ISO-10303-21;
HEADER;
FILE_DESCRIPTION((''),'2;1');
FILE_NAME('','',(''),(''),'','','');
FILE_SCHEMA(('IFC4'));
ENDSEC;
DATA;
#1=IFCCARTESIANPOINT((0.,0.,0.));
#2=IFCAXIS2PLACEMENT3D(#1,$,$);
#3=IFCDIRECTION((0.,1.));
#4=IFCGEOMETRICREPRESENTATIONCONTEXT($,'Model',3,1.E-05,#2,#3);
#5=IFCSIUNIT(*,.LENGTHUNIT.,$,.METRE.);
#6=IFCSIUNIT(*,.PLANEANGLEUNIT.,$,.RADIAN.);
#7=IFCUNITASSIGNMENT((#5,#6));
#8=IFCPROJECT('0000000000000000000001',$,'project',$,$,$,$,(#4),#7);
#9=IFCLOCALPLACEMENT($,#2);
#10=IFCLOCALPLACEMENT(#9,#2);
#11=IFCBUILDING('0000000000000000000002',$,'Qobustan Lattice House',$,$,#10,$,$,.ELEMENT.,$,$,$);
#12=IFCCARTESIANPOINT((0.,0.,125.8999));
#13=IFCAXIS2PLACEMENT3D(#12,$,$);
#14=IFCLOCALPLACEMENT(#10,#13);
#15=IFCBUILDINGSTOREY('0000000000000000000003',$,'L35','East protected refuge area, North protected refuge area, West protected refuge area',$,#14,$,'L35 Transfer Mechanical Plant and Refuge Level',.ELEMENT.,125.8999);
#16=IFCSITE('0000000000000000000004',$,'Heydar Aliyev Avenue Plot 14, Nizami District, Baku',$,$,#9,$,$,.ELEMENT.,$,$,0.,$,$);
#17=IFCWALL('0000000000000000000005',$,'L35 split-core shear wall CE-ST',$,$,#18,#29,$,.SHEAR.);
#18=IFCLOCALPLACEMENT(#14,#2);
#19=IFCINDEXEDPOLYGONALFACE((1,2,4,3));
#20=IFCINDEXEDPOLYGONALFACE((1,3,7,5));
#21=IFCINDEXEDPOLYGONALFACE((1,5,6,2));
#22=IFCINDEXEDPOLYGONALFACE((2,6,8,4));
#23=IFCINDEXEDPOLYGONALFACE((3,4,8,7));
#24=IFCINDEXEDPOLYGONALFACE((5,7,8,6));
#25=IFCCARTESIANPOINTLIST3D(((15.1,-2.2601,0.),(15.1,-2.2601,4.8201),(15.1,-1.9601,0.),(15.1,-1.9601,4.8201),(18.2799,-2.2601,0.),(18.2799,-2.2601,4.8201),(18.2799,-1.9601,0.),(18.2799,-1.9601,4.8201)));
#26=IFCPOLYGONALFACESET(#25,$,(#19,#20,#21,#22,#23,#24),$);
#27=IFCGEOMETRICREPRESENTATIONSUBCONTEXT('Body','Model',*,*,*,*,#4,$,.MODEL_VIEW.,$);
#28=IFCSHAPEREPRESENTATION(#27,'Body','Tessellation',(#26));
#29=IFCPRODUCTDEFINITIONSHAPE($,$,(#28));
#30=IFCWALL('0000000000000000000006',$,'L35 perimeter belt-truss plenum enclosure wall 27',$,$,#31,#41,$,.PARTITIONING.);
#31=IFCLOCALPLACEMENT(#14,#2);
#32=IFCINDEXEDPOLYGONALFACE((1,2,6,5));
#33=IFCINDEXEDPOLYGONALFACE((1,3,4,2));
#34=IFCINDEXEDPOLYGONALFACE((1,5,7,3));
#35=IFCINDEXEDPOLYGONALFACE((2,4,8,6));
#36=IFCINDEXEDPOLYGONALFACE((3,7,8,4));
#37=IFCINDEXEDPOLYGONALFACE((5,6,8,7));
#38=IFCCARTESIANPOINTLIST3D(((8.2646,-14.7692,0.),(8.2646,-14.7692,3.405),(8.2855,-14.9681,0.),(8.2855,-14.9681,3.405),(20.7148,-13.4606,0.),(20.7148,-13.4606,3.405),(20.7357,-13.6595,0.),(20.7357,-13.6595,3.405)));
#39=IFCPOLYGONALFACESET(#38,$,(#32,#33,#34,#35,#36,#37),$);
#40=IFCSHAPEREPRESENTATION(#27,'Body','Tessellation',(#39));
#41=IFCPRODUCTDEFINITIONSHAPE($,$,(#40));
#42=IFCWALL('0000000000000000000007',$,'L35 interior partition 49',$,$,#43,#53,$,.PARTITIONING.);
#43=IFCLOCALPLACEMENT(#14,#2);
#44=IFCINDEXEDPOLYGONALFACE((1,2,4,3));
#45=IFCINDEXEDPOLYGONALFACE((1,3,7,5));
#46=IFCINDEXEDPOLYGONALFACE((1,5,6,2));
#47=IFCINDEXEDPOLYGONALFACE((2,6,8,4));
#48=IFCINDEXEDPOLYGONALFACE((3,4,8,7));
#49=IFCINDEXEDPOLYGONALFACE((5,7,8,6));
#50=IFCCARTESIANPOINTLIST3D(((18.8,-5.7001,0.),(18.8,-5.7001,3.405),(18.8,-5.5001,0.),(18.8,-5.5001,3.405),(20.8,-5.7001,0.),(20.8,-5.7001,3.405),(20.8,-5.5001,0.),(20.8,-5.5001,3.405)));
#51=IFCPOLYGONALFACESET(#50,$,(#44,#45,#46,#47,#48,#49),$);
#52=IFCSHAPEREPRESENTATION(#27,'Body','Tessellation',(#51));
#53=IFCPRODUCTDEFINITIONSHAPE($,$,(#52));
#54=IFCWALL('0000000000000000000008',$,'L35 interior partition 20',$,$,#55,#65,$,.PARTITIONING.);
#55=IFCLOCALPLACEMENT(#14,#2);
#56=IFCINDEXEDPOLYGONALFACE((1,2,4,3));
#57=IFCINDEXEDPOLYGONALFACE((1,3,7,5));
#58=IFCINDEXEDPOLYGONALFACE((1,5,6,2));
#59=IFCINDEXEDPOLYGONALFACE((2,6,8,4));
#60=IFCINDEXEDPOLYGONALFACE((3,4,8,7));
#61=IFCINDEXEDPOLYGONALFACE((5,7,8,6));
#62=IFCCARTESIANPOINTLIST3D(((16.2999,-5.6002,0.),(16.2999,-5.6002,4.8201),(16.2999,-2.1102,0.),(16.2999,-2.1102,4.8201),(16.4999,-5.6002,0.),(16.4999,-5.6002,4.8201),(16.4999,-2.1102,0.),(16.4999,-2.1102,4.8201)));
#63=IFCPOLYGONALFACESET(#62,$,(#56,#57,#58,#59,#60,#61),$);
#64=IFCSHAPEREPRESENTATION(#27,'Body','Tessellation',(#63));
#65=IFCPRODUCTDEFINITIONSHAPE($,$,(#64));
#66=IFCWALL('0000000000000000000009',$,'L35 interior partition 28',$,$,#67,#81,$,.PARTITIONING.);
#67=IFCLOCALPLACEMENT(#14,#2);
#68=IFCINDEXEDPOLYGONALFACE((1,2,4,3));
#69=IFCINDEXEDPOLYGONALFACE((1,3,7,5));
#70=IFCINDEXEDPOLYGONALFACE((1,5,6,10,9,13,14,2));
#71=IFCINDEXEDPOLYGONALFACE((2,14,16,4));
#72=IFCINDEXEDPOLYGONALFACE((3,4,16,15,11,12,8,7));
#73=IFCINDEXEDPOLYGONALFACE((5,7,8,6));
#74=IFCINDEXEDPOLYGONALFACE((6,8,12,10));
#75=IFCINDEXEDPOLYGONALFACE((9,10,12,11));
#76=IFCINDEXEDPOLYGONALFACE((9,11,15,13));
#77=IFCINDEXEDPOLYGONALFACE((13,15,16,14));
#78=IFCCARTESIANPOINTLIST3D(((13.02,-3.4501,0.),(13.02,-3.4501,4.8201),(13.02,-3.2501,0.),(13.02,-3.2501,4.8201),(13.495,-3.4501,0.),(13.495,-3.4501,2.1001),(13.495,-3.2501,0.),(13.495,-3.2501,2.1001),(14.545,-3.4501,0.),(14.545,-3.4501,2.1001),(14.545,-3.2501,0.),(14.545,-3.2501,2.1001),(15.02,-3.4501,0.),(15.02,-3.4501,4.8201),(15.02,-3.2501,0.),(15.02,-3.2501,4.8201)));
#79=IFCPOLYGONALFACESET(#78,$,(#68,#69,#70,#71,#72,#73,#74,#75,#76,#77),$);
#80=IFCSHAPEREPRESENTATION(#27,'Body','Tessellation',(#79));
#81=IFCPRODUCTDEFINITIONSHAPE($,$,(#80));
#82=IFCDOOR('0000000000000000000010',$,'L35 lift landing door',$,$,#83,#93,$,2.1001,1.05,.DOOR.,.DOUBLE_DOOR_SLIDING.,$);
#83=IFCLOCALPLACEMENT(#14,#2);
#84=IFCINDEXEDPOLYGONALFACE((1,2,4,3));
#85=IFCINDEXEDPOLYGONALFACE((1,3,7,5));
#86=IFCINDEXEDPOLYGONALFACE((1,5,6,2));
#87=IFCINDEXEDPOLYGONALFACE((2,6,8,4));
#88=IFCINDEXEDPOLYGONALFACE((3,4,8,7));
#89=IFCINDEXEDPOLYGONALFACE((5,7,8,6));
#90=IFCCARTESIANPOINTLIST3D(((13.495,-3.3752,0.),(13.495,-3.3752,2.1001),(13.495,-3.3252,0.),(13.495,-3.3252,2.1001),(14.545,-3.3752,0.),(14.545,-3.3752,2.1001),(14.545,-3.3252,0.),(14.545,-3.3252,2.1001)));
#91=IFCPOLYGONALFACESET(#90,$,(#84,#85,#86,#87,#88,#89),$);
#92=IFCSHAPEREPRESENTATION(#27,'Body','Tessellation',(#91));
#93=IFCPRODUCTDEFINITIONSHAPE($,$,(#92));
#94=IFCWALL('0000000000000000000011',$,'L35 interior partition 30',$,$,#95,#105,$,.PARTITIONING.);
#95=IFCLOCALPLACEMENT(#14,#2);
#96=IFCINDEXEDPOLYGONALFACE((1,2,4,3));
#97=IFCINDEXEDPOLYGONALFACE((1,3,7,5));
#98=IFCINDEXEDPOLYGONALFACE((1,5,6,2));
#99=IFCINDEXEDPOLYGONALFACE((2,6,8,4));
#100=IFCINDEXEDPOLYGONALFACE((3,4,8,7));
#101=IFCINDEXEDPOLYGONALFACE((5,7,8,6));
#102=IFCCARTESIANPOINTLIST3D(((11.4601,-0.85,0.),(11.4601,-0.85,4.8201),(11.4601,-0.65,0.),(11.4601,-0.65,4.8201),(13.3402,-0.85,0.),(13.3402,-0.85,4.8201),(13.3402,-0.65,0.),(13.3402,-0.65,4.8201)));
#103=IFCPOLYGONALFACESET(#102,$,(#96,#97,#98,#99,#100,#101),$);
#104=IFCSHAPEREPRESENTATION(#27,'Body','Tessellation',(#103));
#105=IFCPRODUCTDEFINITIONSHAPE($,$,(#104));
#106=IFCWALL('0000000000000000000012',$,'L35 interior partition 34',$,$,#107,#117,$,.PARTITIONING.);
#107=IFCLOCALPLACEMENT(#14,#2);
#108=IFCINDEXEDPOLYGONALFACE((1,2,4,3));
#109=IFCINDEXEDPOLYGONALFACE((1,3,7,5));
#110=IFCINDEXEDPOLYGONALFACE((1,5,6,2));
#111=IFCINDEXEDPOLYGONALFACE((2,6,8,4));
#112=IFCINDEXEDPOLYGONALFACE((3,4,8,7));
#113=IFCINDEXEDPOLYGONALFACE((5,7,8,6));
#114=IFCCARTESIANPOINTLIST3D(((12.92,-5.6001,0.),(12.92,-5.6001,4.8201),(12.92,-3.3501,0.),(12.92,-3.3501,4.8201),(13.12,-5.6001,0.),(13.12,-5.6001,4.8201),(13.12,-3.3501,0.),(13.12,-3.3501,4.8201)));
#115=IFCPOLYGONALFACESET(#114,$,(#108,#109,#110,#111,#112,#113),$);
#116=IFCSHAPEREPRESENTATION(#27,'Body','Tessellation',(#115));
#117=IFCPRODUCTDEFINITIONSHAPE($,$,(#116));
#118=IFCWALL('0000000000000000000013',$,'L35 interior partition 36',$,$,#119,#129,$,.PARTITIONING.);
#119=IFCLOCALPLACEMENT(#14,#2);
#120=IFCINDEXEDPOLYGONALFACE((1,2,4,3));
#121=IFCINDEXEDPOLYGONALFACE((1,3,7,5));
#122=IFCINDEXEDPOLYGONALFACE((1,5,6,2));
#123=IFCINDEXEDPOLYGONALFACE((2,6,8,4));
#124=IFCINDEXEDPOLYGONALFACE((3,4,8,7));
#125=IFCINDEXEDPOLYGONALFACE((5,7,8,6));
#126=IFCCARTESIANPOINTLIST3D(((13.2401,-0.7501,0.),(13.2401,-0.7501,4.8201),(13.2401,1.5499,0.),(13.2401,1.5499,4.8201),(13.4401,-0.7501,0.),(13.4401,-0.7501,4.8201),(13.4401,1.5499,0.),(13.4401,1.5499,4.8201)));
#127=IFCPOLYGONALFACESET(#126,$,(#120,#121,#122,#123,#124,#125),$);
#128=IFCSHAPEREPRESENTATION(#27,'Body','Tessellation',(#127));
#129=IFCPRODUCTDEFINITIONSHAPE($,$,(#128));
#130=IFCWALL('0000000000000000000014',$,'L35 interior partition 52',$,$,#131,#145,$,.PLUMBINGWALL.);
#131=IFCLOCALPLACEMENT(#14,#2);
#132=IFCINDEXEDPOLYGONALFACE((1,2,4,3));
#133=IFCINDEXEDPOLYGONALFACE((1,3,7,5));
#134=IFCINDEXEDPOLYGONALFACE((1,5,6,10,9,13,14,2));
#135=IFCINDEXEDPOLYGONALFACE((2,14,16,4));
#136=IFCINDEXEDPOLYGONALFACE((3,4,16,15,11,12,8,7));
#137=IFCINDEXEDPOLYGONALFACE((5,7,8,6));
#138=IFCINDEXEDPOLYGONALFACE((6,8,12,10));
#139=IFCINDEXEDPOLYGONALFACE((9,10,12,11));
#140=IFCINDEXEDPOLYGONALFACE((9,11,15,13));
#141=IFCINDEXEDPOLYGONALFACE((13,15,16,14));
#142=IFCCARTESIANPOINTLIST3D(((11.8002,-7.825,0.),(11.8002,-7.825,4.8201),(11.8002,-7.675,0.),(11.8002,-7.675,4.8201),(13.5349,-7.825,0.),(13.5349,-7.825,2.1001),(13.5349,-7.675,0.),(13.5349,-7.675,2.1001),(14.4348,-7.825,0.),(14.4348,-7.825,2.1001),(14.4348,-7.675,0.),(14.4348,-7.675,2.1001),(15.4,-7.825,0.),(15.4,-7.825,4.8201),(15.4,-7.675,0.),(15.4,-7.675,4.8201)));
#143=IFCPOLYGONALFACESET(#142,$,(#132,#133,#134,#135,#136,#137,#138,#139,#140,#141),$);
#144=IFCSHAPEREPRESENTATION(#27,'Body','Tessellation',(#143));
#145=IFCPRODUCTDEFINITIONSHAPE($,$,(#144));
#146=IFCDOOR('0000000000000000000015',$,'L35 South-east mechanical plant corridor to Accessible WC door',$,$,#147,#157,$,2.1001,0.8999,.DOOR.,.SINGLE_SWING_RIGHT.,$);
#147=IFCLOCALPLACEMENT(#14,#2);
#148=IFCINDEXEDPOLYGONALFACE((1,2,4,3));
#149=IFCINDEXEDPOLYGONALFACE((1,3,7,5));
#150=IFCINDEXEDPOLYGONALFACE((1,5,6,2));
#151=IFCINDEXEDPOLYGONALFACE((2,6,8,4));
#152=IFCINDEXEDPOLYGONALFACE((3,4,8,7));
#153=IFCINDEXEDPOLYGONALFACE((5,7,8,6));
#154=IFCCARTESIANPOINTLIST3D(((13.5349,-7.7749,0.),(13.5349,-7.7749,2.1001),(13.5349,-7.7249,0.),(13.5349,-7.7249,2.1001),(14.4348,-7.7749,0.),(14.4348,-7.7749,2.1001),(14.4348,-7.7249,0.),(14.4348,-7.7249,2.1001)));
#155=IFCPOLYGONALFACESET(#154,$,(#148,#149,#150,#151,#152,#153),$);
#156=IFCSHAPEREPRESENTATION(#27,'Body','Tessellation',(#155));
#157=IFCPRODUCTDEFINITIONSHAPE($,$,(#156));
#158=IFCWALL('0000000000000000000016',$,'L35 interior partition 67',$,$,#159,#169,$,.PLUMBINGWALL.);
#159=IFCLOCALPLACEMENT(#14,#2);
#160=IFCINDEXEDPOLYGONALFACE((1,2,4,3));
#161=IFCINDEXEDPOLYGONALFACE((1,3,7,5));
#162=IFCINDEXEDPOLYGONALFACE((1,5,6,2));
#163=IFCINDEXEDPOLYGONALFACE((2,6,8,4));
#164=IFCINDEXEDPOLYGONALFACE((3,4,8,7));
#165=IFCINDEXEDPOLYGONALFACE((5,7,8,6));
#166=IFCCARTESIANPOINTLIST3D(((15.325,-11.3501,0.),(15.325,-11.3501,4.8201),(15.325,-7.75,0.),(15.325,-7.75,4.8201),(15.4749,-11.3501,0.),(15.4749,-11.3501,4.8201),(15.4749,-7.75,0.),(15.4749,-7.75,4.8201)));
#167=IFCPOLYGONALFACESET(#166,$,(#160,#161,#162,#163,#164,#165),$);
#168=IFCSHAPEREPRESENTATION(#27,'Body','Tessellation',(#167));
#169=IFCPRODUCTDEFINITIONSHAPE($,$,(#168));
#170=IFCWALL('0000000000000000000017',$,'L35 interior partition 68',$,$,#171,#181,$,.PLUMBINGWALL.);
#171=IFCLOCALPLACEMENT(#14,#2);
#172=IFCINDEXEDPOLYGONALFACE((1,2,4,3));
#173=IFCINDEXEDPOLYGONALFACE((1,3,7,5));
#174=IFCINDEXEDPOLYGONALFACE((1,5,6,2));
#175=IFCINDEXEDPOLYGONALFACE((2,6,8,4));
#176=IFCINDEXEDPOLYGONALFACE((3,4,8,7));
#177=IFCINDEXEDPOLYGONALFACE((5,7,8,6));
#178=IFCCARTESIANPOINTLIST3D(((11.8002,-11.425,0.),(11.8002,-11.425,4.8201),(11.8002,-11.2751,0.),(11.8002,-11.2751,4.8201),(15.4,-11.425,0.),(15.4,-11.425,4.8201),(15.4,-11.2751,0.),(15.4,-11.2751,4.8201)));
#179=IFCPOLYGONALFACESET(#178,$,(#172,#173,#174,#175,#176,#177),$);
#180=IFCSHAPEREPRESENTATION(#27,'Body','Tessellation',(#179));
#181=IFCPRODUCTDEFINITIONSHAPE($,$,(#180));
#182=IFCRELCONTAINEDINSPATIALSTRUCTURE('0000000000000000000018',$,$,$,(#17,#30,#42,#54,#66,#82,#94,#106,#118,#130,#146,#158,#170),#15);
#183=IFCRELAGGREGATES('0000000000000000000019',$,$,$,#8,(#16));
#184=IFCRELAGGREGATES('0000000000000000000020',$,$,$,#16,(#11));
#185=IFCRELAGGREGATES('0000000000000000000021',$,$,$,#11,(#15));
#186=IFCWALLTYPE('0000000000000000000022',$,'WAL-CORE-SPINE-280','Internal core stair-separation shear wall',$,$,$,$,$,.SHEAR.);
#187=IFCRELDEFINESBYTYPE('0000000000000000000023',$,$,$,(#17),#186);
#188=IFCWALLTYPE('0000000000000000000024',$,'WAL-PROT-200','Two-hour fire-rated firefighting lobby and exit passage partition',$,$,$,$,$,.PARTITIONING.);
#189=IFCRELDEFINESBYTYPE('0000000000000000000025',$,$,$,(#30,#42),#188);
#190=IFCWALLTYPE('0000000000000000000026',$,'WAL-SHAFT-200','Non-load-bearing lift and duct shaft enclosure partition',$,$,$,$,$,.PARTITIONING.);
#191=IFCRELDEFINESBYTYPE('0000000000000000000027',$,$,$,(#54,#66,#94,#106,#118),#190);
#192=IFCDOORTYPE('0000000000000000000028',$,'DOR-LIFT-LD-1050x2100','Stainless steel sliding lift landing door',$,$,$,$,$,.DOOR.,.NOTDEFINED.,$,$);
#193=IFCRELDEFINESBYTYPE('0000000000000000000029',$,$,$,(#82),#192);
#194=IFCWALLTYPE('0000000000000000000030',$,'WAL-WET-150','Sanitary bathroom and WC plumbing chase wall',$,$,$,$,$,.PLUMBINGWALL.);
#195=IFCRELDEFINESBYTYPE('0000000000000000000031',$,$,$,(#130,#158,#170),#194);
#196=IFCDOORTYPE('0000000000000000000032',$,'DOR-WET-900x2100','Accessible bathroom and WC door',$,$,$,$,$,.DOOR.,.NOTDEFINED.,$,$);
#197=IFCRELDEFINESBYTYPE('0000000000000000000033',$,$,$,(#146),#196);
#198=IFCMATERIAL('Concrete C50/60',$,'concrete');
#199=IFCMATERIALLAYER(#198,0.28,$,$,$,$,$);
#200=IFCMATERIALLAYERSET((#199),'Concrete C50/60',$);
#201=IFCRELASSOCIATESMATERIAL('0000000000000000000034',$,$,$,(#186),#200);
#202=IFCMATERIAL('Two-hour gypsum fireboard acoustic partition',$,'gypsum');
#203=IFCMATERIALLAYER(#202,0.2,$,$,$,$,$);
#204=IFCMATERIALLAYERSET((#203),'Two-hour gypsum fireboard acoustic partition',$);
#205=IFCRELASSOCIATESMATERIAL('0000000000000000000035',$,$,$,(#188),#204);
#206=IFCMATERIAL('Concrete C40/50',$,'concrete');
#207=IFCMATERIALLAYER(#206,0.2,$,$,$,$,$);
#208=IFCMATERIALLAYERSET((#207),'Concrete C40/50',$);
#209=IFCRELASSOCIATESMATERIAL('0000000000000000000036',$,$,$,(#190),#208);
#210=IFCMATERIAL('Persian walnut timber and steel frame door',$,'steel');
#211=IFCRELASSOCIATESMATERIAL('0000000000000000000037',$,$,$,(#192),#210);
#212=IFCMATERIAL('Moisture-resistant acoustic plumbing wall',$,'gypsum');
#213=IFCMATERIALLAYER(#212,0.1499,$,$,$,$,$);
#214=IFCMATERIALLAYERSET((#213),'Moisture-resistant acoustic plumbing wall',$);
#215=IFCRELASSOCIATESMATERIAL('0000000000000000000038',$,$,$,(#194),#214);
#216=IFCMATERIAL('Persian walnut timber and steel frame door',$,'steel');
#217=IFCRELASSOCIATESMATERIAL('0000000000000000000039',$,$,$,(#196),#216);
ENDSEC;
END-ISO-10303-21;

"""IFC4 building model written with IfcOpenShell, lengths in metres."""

from ifc_helpers import new_model, si_unit, direction, frame, frame_2d, origin, place, context, subcontext, project, spatial, rectangle, extrude, material, layer, layer_set, type_object, element, fill, save


model = new_model("IFC4")

# Units and contexts
model_context = context("Model", 3, precision=1e-05, world=origin(), true_north=direction((0.0, 1.0)))
body_context = subcontext(model_context, "Body", "Model", "MODEL_VIEW")
ifc_project = project(units=[si_unit("LENGTHUNIT", "METRE"), si_unit("PLANEANGLEUNIT", "RADIAN")], contexts=[model_context])

# Site, building, storey
site_placement = place(None, origin())
site = spatial("IfcSite", under=ifc_project, at=site_placement, Name="Heydar Aliyev Avenue Plot 14, Nizami District, Baku", CompositionType="ELEMENT", RefElevation=0.0)
building_placement = place(site_placement, origin())
building = spatial("IfcBuilding", under=site, at=building_placement, Name="Qobustan Lattice House", CompositionType="ELEMENT")
storey_placement = place(building_placement, frame((0.0, 0.0, 125.8999)))
storey = spatial("IfcBuildingStorey", under=building, at=storey_placement, Name="L35", Description="East protected refuge area, North protected refuge area, West protected refuge area", LongName="L35 Transfer Mechanical Plant and Refuge Level", CompositionType="ELEMENT", Elevation=125.8999)

# Walls
ifc_material_1 = material(Name="Concrete C50/60", Category="concrete")
ifc_layer_1 = layer(ifc_material_1, 0.28)
ifc_layer_set_1 = layer_set([ifc_layer_1], Name="Concrete C50/60")
wall_type_1 = type_object("IfcWallType", Name="WAL-CORE-SPINE-280", Description="Internal core stair-separation shear wall", PredefinedType="SHEAR", material=ifc_layer_set_1)
wall_1_placement = place(storey_placement, frame((15.1001, -2.1101, 0.0), z_axis=(0.0, 0.0, 1.0), x_axis=(1.0, 0.0, 0.0)))
element("IfcWall", 1, at=wall_1_placement, inside=storey, type_object=wall_type_1, Name="L35 split-core shear wall CE-ST", PredefinedType="SHEAR", context=body_context, shape_type="SweptSolid", body=[
    extrude(rectangle(XDim=3.1799, YDim=0.3, at=frame_2d((1.5898, 0.0))), origin(), (0.0, 0.0, 1.0), 4.8201),
])
ifc_material_2 = material(Name="Two-hour gypsum fireboard acoustic partition", Category="gypsum")
ifc_layer_2 = layer(ifc_material_2, 0.2)
ifc_layer_set_2 = layer_set([ifc_layer_2], Name="Two-hour gypsum fireboard acoustic partition")
wall_type_2 = type_object("IfcWallType", Name="WAL-PROT-200", Description="Two-hour fire-rated firefighting lobby and exit passage partition", PredefinedType="PARTITIONING", material=ifc_layer_set_2)
wall_2_placement = place(storey_placement, frame((20.7251, -13.5601, 0.0), z_axis=(0.0, 0.0, 1.0), x_axis=(-0.994522, -0.10453, 0.0)))
element("IfcWall", 2, at=wall_2_placement, inside=storey, type_object=wall_type_2, Name="L35 perimeter belt-truss plenum enclosure wall 27", PredefinedType="PARTITIONING", context=body_context, shape_type="SweptSolid", body=[
    extrude(rectangle(XDim=12.5188, YDim=0.2, at=frame_2d((6.2593, 0.0))), origin(), (0.0, 0.0, 1.0), 3.405),
])
wall_3_placement = place(storey_placement, frame((18.8, -5.6001, 0.0), z_axis=(0.0, 0.0, 1.0), x_axis=(1.0, 0.0, 0.0)))
element("IfcWall", 3, at=wall_3_placement, inside=storey, type_object=wall_type_2, Name="L35 interior partition 49", PredefinedType="PARTITIONING", context=body_context, shape_type="SweptSolid", body=[
    extrude(rectangle(XDim=2.0, YDim=0.2, at=frame_2d((1.0, 0.0))), origin(), (0.0, 0.0, 1.0), 3.405),
])
ifc_material_3 = material(Name="Concrete C40/50", Category="concrete")
ifc_layer_3 = layer(ifc_material_3, 0.2)
ifc_layer_set_3 = layer_set([ifc_layer_3], Name="Concrete C40/50")
wall_type_3 = type_object("IfcWallType", Name="WAL-SHAFT-200", Description="Non-load-bearing lift and duct shaft enclosure partition", PredefinedType="PARTITIONING", material=ifc_layer_set_3)
wall_4_placement = place(storey_placement, frame((16.3999, -2.1101, 0.0), z_axis=(0.0, 0.0, 1.0), x_axis=(0.0, -1.0, 0.0)))
element("IfcWall", 4, at=wall_4_placement, inside=storey, type_object=wall_type_3, Name="L35 interior partition 20", PredefinedType="PARTITIONING", context=body_context, shape_type="SweptSolid", body=[
    extrude(rectangle(XDim=3.49, YDim=0.2, at=frame_2d((1.7451, 0.0))), origin(), (0.0, 0.0, 1.0), 4.8201),
])

# Wall, opening, door
wall_5_placement = place(storey_placement, frame((13.02, -3.3501, 0.0), z_axis=(0.0, 0.0, 1.0), x_axis=(1.0, 0.0, 0.0)))
wall_5 = element("IfcWall", 5, at=wall_5_placement, inside=storey, type_object=wall_type_3, Name="L35 interior partition 28", PredefinedType="PARTITIONING", context=body_context, shape_type="SweptSolid", body=[
    extrude(rectangle(XDim=2.0, YDim=0.2, at=frame_2d((1.0, 0.0))), origin(), (0.0, 0.0, 1.0), 4.8201),
])
opening_1_placement = place(wall_5_placement, frame((0.4751, 0.0, 0.0)))
opening_1 = element("IfcOpeningElement", 6, at=opening_1_placement, cuts=wall_5, PredefinedType="OPENING", context=body_context, shape_type="SweptSolid", body=[
    extrude(rectangle(XDim=1.05, YDim=2.1001, at=frame_2d((0.5249, 1.05))), frame((0.0, 0.1099, 0.0), z_axis=(0.0, -1.0, 0.0), x_axis=(1.0, 0.0, 0.0)), (0.0, 0.0, 1.0), 0.22),
])
ifc_material_4 = material(Name="Persian walnut timber and steel frame door", Category="steel")
door_type_1 = type_object("IfcDoorType", Name="DOR-LIFT-LD-1050x2100", Description="Stainless steel sliding lift landing door", OperationType="NOTDEFINED", PredefinedType="DOOR", material=ifc_material_4)
door_1_placement = place(opening_1_placement, origin())
door_1 = element("IfcDoor", 7, at=door_1_placement, inside=storey, type_object=door_type_1, Name="L35 lift landing door", OperationType="DOUBLE_DOOR_SLIDING", OverallHeight=2.1001, OverallWidth=1.05, PredefinedType="DOOR", context=body_context, shape_type="SweptSolid", body=[
    extrude(rectangle(XDim=1.05, YDim=2.1001, at=frame_2d((0.5249, 1.05))), frame((0.0, 0.0249, 0.0), z_axis=(0.0, -1.0, 0.0), x_axis=(1.0, 0.0, 0.0)), (0.0, 0.0, 1.0), 0.05),
])
fill(opening_1, door_1)

# Walls
wall_6_placement = place(storey_placement, frame((13.3401, -0.75, 0.0), z_axis=(0.0, 0.0, 1.0), x_axis=(-1.0, 0.0, 0.0)))
element("IfcWall", 8, at=wall_6_placement, inside=storey, type_object=wall_type_3, Name="L35 interior partition 30", PredefinedType="PARTITIONING", context=body_context, shape_type="SweptSolid", body=[
    extrude(rectangle(XDim=1.8801, YDim=0.2, at=frame_2d((0.9399, 0.0))), origin(), (0.0, 0.0, 1.0), 4.8201),
])
wall_7_placement = place(storey_placement, frame((13.02, -5.6001, 0.0), z_axis=(0.0, 0.0, 1.0), x_axis=(0.0, 1.0, 0.0)))
element("IfcWall", 9, at=wall_7_placement, inside=storey, type_object=wall_type_3, Name="L35 interior partition 34", PredefinedType="PARTITIONING", context=body_context, shape_type="SweptSolid", body=[
    extrude(rectangle(XDim=2.25, YDim=0.2, at=frame_2d((1.125, 0.0))), origin(), (0.0, 0.0, 1.0), 4.8201),
])
wall_8_placement = place(storey_placement, frame((13.3401, -0.75, 0.0), z_axis=(0.0, 0.0, 1.0), x_axis=(0.0, 1.0, 0.0)))
element("IfcWall", 10, at=wall_8_placement, inside=storey, type_object=wall_type_3, Name="L35 interior partition 36", PredefinedType="PARTITIONING", context=body_context, shape_type="SweptSolid", body=[
    extrude(rectangle(XDim=2.3, YDim=0.2, at=frame_2d((1.1499, 0.0))), origin(), (0.0, 0.0, 1.0), 4.8201),
])

# Wall, opening, door
ifc_material_5 = material(Name="Moisture-resistant acoustic plumbing wall", Category="gypsum")
ifc_layer_4 = layer(ifc_material_5, 0.1499)
ifc_layer_set_4 = layer_set([ifc_layer_4], Name="Moisture-resistant acoustic plumbing wall")
wall_type_4 = type_object("IfcWallType", Name="WAL-WET-150", Description="Sanitary bathroom and WC plumbing chase wall", PredefinedType="PLUMBINGWALL", material=ifc_layer_set_4)
wall_9_placement = place(storey_placement, frame((15.3999, -7.75, 0.0), z_axis=(0.0, 0.0, 1.0), x_axis=(-1.0, 0.0, 0.0)))
wall_9 = element("IfcWall", 11, at=wall_9_placement, inside=storey, type_object=wall_type_4, Name="L35 interior partition 52", PredefinedType="PLUMBINGWALL", context=body_context, shape_type="SweptSolid", body=[
    extrude(rectangle(XDim=3.5999, YDim=0.1499, at=frame_2d((1.7998, 0.0))), origin(), (0.0, 0.0, 1.0), 4.8201),
])
opening_2_placement = place(wall_9_placement, frame((0.9651, 0.0, 0.0)))
opening_2 = element("IfcOpeningElement", 12, at=opening_2_placement, cuts=wall_9, PredefinedType="OPENING", context=body_context, shape_type="SweptSolid", body=[
    extrude(rectangle(XDim=0.8999, YDim=2.1001, at=frame_2d((0.45, 1.05))), frame((0.0, 0.085, 0.0), z_axis=(0.0, -1.0, 0.0), x_axis=(1.0, 0.0, 0.0)), (0.0, 0.0, 1.0), 0.1699),
])
ifc_material_6 = material(Name="Persian walnut timber and steel frame door", Category="steel")
door_type_2 = type_object("IfcDoorType", Name="DOR-WET-900x2100", Description="Accessible bathroom and WC door", OperationType="NOTDEFINED", PredefinedType="DOOR", material=ifc_material_6)
door_2_placement = place(opening_2_placement, origin())
door_2 = element("IfcDoor", 13, at=door_2_placement, inside=storey, type_object=door_type_2, Name="L35 South-east mechanical plant corridor to Accessible WC door", OperationType="SINGLE_SWING_RIGHT", OverallHeight=2.1001, OverallWidth=0.8999, PredefinedType="DOOR", context=body_context, shape_type="SweptSolid", body=[
    extrude(rectangle(XDim=0.8999, YDim=2.1001, at=frame_2d((0.45, 1.05))), frame((0.0, 0.0249, 0.0), z_axis=(0.0, -1.0, 0.0), x_axis=(1.0, 0.0, 0.0)), (0.0, 0.0, 1.0), 0.05),
])
fill(opening_2, door_2)

# Walls
wall_10_placement = place(storey_placement, frame((15.3999, -7.75, 0.0), z_axis=(0.0, 0.0, 1.0), x_axis=(0.0, -1.0, 0.0)))
element("IfcWall", 14, at=wall_10_placement, inside=storey, type_object=wall_type_4, Name="L35 interior partition 67", PredefinedType="PLUMBINGWALL", context=body_context, shape_type="SweptSolid", body=[
    extrude(rectangle(XDim=3.6001, YDim=0.1499, at=frame_2d((1.8, 0.0))), origin(), (0.0, 0.0, 1.0), 4.8201),
])
wall_11_placement = place(storey_placement, frame((15.3999, -11.3501, 0.0), z_axis=(0.0, 0.0, 1.0), x_axis=(-1.0, 0.0, 0.0)))
element("IfcWall", 15, at=wall_11_placement, inside=storey, type_object=wall_type_4, Name="L35 interior partition 68", PredefinedType="PLUMBINGWALL", context=body_context, shape_type="SweptSolid", body=[
    extrude(rectangle(XDim=3.5999, YDim=0.1499, at=frame_2d((1.7998, 0.0))), origin(), (0.0, 0.0, 1.0), 4.8201),
])

save(model, "model.ifc")
